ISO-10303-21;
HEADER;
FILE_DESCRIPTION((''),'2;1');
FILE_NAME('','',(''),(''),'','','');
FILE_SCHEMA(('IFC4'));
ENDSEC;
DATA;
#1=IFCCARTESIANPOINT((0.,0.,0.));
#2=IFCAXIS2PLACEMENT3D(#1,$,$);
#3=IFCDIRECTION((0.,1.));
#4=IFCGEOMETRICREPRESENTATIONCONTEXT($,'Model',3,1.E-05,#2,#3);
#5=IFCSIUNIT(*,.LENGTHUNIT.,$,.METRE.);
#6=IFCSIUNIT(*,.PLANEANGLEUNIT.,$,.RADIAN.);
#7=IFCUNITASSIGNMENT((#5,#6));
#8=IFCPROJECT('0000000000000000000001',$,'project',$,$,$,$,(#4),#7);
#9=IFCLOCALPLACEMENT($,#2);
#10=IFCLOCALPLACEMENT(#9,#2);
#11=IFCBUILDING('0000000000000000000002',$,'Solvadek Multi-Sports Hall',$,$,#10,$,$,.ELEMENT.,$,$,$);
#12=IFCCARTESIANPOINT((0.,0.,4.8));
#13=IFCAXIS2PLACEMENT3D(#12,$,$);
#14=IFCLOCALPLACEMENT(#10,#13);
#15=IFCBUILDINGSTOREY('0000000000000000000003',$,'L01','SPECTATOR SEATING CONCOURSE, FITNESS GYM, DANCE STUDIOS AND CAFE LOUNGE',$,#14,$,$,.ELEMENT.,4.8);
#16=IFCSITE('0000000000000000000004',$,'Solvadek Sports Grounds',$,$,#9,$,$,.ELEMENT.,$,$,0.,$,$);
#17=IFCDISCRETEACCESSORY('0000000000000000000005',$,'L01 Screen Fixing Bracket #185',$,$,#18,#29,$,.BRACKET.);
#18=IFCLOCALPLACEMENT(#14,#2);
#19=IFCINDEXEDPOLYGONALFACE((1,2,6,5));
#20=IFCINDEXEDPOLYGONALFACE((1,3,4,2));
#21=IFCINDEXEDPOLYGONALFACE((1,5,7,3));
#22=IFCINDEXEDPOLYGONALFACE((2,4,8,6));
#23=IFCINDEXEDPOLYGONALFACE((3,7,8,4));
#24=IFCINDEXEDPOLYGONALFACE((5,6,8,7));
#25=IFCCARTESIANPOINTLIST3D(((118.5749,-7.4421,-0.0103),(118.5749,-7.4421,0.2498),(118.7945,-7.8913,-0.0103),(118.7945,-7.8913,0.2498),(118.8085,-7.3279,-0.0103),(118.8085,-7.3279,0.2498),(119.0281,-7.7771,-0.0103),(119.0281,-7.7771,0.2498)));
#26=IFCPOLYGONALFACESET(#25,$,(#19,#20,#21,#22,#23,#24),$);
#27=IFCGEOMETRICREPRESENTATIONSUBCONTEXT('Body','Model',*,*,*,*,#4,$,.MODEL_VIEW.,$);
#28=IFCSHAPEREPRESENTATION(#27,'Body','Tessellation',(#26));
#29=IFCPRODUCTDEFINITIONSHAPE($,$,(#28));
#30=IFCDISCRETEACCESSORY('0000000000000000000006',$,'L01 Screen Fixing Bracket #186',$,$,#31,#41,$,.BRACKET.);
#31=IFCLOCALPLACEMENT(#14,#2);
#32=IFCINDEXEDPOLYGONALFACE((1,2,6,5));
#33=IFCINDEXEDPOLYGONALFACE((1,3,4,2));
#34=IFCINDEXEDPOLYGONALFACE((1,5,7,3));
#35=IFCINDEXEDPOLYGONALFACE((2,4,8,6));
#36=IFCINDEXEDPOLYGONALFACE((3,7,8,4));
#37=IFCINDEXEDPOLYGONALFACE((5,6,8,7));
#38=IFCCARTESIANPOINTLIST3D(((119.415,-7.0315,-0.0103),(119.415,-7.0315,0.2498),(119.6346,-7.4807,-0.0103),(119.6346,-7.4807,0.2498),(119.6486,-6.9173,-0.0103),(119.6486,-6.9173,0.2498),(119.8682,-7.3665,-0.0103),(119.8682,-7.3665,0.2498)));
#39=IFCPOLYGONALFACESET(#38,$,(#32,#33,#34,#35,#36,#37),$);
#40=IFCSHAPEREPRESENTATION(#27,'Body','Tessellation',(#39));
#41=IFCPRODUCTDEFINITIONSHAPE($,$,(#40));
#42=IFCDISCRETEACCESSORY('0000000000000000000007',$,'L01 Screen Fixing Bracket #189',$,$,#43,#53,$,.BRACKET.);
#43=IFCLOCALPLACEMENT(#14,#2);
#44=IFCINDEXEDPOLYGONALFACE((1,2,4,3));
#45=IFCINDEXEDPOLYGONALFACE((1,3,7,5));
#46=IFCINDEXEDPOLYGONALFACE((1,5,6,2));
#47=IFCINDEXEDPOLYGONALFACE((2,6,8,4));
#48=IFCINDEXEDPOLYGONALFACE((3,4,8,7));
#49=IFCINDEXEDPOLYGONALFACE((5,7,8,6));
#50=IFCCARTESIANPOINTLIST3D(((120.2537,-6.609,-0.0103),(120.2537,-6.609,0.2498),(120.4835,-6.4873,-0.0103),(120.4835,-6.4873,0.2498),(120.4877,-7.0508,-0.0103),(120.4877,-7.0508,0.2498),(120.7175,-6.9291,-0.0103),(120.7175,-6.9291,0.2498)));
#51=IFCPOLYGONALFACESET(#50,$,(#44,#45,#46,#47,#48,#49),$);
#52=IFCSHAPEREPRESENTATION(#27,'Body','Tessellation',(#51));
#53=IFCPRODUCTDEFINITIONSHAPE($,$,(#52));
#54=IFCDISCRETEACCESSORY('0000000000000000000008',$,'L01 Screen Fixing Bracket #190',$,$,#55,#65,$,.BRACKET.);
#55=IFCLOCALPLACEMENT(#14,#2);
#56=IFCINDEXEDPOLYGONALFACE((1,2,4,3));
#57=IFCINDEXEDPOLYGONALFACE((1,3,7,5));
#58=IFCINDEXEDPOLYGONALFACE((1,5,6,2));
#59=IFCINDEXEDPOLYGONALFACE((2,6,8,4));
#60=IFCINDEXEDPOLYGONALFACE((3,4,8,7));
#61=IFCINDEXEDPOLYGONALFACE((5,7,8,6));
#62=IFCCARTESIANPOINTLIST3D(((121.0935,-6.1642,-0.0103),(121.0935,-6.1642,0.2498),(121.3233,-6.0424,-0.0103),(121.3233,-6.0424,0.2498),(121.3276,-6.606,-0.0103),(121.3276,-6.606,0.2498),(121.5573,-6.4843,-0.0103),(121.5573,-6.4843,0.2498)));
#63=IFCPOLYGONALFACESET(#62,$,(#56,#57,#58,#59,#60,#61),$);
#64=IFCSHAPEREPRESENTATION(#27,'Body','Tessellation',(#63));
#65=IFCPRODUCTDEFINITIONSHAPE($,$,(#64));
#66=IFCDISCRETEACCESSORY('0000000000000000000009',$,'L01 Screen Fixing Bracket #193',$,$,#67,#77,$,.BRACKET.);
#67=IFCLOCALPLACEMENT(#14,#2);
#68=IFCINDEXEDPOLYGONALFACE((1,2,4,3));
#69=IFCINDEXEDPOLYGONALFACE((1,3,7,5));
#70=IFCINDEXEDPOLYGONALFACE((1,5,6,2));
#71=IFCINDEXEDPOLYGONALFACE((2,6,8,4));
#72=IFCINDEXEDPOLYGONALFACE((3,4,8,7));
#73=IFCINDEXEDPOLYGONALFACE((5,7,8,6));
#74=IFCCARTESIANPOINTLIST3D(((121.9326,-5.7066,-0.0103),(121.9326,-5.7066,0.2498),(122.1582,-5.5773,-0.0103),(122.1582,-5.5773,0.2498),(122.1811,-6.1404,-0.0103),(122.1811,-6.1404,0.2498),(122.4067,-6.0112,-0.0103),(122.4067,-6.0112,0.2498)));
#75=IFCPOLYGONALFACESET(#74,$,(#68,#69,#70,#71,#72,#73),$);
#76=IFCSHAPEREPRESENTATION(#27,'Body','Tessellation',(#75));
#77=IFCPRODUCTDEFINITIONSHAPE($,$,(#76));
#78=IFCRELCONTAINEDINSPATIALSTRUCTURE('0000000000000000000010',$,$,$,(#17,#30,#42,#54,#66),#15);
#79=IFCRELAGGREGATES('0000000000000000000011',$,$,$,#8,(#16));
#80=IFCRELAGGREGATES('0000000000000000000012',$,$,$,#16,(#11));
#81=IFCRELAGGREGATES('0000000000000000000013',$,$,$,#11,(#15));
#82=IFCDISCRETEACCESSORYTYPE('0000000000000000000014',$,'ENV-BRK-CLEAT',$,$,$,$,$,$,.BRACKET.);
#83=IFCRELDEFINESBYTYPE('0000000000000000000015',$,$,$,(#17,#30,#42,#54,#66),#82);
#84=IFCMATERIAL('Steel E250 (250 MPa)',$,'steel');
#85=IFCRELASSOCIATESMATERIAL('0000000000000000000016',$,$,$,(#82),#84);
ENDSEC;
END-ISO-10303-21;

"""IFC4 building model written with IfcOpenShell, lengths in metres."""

from ifc_helpers import new_model, si_unit, direction, frame, origin, origin_2d, place, context, subcontext, project, spatial, rectangle, extrude, material, type_object, element, save


model = new_model("IFC4")

# Units and contexts
model_context = context("Model", 3, precision=1e-05, world=origin(), true_north=direction((0.0, 1.0)))
body_context = subcontext(model_context, "Body", "Model", "MODEL_VIEW")
ifc_project = project(units=[si_unit("LENGTHUNIT", "METRE"), si_unit("PLANEANGLEUNIT", "RADIAN")], contexts=[model_context])

# Site, building, storey
site_placement = place(None, origin())
site = spatial("IfcSite", under=ifc_project, at=site_placement, Name="Solvadek Sports Grounds", CompositionType="ELEMENT", RefElevation=0.0)
building_placement = place(site_placement, origin())
building = spatial("IfcBuilding", under=site, at=building_placement, Name="Solvadek Multi-Sports Hall", CompositionType="ELEMENT")
storey_placement = place(building_placement, frame((0.0, 0.0, 4.8)))
storey = spatial("IfcBuildingStorey", under=building, at=storey_placement, Name="L01", Description="SPECTATOR SEATING CONCOURSE, FITNESS GYM, DANCE STUDIOS AND CAFE LOUNGE", CompositionType="ELEMENT", Elevation=4.8)

# Shared definitions
ifc_material_1 = material(Name="Steel E250 (250 MPa)", Category="steel")

# Discrete accessories
discrete_accessory_type = type_object("IfcDiscreteAccessoryType", Name="ENV-BRK-CLEAT", PredefinedType="BRACKET", material=ifc_material_1)
for number, where, z_axis, x_axis, name in (
    (1, (118.8015, -7.6096, -0.0103), (0.0, 0.0, 1.0), (0.89837, 0.439239, 0.0), "L01 Screen Fixing Bracket #185"),
    (2, (119.6416, -7.199, -0.0103), (0.0, 0.0, 1.0), (0.89837, 0.439239, 0.0), "L01 Screen Fixing Bracket #186"),
    (3, (120.4856, -6.769, -0.0103), (0.0, 0.0, 1.0), (0.883682, 0.468088, 0.0), "L01 Screen Fixing Bracket #189"),
    (4, (121.3254, -6.3242, -0.0103), (0.0, 0.0, 1.0), (0.883682, 0.468088, 0.0), "L01 Screen Fixing Bracket #190"),
    (5, (122.1697, -5.8589, -0.0103), (0.0, 0.0, 1.0), (0.867753, 0.496995, 0.0), "L01 Screen Fixing Bracket #193"),
):
    element("IfcDiscreteAccessory", number, at=place(storey_placement, frame(where, z_axis=z_axis, x_axis=x_axis)), inside=storey, type_object=discrete_accessory_type, Name=name, PredefinedType="BRACKET", context=body_context, shape_type="SweptSolid", body=[
        extrude(rectangle(XDim=0.26, YDim=0.5, at=origin_2d()), origin(), (0.0, 0.0, 1.0), 0.26),
    ])

save(model, "model.ifc")
